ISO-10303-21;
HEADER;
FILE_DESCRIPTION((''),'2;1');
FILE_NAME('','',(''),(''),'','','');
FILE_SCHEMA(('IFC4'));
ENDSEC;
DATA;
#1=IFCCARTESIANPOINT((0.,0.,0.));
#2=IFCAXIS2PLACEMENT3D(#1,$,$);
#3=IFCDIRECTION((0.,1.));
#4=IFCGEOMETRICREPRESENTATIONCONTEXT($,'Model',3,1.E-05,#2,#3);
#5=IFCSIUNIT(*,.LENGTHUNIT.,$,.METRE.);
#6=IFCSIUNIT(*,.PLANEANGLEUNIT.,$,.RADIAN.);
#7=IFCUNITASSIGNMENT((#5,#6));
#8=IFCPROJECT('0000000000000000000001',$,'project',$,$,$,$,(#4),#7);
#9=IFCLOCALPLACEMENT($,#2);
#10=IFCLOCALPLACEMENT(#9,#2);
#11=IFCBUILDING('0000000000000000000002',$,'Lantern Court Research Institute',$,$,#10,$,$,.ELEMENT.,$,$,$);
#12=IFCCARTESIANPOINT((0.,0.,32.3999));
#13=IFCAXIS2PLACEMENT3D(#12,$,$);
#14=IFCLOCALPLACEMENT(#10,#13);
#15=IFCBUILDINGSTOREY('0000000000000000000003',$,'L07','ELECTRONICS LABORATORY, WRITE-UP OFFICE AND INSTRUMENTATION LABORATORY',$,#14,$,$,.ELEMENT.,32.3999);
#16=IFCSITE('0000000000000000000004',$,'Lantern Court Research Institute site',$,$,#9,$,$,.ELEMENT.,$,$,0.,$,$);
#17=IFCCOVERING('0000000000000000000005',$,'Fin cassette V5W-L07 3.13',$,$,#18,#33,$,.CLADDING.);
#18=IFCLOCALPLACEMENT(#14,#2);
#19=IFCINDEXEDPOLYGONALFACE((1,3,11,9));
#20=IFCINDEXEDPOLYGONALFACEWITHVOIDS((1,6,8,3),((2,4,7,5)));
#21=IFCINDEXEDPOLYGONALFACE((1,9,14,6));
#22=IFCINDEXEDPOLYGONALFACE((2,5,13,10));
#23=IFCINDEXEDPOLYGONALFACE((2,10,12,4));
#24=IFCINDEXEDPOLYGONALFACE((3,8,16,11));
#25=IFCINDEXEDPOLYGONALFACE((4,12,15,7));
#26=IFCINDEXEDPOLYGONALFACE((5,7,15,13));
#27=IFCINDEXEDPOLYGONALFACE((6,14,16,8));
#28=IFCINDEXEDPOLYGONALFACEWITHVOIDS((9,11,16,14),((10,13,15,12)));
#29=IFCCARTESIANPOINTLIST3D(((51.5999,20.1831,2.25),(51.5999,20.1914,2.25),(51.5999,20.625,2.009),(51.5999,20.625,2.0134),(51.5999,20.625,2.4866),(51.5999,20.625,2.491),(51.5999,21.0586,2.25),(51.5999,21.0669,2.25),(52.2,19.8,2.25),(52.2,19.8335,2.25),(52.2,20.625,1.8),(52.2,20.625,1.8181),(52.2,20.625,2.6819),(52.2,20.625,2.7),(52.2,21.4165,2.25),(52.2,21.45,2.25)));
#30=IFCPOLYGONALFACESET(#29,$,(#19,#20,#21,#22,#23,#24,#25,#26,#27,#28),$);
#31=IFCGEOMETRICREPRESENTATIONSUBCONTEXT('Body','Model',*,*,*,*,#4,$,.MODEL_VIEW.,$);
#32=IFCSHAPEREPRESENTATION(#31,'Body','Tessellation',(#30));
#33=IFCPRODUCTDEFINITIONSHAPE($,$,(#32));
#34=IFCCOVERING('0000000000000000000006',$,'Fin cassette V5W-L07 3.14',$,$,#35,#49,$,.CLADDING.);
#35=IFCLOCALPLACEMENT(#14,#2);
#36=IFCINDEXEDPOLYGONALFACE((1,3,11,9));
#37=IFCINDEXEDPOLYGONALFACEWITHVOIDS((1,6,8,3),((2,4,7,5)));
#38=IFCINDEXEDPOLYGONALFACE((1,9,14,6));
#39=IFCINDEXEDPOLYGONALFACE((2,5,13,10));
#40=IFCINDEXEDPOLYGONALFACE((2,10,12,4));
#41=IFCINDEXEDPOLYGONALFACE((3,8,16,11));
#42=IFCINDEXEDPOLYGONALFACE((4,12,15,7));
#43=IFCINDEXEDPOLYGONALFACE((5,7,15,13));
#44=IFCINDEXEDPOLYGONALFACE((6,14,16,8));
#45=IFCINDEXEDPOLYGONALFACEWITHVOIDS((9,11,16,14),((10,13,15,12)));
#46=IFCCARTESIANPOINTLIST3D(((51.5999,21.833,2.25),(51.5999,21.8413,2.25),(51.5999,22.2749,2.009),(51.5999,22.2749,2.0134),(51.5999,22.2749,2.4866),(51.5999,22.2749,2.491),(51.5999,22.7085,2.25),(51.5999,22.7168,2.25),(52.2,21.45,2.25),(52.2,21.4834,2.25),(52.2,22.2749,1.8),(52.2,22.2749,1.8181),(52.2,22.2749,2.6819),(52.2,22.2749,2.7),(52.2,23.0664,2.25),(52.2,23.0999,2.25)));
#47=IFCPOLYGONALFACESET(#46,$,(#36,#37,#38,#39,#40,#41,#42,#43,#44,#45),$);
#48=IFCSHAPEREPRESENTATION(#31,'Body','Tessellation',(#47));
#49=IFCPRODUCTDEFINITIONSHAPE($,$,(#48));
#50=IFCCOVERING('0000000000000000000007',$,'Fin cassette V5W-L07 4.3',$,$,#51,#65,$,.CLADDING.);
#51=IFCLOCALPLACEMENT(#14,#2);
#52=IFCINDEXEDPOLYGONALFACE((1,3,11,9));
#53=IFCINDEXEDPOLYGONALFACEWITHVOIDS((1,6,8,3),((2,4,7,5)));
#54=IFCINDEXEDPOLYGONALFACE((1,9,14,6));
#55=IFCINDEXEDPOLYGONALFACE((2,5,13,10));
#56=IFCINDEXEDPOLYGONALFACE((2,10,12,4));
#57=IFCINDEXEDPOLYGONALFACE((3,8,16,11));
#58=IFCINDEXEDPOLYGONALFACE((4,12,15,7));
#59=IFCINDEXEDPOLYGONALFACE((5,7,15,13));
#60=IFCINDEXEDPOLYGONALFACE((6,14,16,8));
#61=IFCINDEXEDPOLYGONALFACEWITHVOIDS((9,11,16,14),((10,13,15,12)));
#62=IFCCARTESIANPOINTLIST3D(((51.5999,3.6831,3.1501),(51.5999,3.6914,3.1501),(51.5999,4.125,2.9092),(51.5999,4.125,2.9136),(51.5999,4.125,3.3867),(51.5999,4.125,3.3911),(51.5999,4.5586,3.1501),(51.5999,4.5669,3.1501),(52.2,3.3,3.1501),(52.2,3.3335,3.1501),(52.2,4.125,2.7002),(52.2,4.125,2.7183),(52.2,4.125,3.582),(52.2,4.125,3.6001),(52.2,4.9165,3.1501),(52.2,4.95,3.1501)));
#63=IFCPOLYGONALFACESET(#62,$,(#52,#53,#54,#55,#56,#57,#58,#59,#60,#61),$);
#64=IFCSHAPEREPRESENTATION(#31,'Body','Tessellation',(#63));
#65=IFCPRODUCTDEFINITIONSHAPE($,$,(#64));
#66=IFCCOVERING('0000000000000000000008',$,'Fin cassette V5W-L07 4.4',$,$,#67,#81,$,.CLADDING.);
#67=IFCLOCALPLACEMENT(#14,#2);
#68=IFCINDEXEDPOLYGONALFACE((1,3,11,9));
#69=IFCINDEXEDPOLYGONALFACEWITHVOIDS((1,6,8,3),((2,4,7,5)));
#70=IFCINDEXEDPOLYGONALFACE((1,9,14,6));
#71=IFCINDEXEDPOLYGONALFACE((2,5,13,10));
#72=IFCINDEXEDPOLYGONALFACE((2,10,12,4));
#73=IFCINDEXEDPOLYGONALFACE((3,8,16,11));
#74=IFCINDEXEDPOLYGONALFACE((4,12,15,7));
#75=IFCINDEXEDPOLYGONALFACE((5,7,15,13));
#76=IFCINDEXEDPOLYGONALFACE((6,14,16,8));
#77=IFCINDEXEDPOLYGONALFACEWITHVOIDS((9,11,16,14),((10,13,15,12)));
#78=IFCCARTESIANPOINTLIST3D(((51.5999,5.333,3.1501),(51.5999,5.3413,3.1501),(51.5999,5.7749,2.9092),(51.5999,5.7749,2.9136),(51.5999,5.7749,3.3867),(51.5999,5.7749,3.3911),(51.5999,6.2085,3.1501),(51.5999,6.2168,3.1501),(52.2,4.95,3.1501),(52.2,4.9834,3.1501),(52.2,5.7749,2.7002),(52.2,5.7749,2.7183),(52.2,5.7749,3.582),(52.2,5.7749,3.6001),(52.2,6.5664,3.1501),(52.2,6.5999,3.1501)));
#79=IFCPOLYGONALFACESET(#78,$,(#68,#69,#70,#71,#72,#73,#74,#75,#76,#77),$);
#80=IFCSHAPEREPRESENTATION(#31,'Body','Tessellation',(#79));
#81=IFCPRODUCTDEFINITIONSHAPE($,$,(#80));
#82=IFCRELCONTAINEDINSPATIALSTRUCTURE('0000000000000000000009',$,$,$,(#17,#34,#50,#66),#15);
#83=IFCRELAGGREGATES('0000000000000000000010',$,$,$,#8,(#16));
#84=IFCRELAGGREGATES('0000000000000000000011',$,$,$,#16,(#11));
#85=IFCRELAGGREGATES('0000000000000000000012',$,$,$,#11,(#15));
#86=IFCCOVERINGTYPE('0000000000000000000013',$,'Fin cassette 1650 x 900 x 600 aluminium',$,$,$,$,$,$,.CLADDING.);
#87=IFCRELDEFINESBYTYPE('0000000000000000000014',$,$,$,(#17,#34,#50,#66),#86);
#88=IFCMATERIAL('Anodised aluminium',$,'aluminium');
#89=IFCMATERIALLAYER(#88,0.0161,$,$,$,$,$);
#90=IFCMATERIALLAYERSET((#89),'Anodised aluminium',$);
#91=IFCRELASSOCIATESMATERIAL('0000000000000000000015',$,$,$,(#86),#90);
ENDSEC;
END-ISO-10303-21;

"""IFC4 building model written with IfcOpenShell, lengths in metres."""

from ifc_helpers import new_model, entity, si_unit, direction, frame, origin, place, context, subcontext, project, spatial, material, layer, layer_set, type_object, element, save


model = new_model("IFC4")

# Units and contexts
model_context = context("Model", 3, precision=1e-05, world=origin(), true_north=direction((0.0, 1.0)))
body_context = subcontext(model_context, "Body", "Model", "MODEL_VIEW")
ifc_project = project(units=[si_unit("LENGTHUNIT", "METRE"), si_unit("PLANEANGLEUNIT", "RADIAN")], contexts=[model_context])

# Site, building, storey
site_placement = place(None, origin())
site = spatial("IfcSite", under=ifc_project, at=site_placement, Name="Lantern Court Research Institute site", CompositionType="ELEMENT", RefElevation=0.0)
building_placement = place(site_placement, origin())
building = spatial("IfcBuilding", under=site, at=building_placement, Name="Lantern Court Research Institute", CompositionType="ELEMENT")
storey_placement = place(building_placement, frame((0.0, 0.0, 32.3999)))
storey = spatial("IfcBuildingStorey", under=building, at=storey_placement, Name="L07", Description="ELECTRONICS LABORATORY, WRITE-UP OFFICE AND INSTRUMENTATION LABORATORY", CompositionType="ELEMENT", Elevation=32.3999)

# Coverings
ifc_material = material(Name="Anodised aluminium", Category="aluminium")
ifc_layer = layer(ifc_material, 0.0161)
ifc_layer_set = layer_set([ifc_layer], Name="Anodised aluminium")
covering_type = type_object("IfcCoveringType", Name="Fin cassette 1650 x 900 x 600 aluminium", PredefinedType="CLADDING", material=ifc_layer_set)
covering_1_placement = place(storey_placement, frame((52.2, 20.625, 2.25), z_axis=(-1.0, 0.0, 0.0), x_axis=(0.0, -1.0, 0.0)))
cartesian_point_1 = entity("IfcCartesianPoint", [0.825, 0.0])
cartesian_point_2 = entity("IfcCartesianPoint", [0.7915, 0.0])
cartesian_point_3 = entity("IfcCartesianPoint", [0.4419, 0.0])
cartesian_point_4 = entity("IfcCartesianPoint", [0.4336, 0.0])
element("IfcCovering", 1, at=covering_1_placement, inside=storey, type_object=covering_type, Name="Fin cassette V5W-L07 3.13", PredefinedType="CLADDING", context=body_context, shape_type="SweptSolid", body=[
    entity("IfcExtrudedAreaSolidTapered", entity("IfcArbitraryProfileDefWithVoids", "AREA", None, entity("IfcPolyline", [cartesian_point_1, entity("IfcCartesianPoint", [0.0, 0.45]), entity("IfcCartesianPoint", [-0.825, 0.0]), entity("IfcCartesianPoint", [0.0, -0.45]), cartesian_point_1]), [entity("IfcPolyline", [cartesian_point_2, entity("IfcCartesianPoint", [0.0, 0.4319]), entity("IfcCartesianPoint", [-0.7915, 0.0]), entity("IfcCartesianPoint", [0.0, -0.4319]), cartesian_point_2])]), entity("IfcAxis2Placement3D", entity("IfcCartesianPoint", [0.0, 0.0, 0.0])), entity("IfcDirection", [0.0, 0.0, 1.0]), 0.6001, entity("IfcArbitraryProfileDefWithVoids", "AREA", None, entity("IfcPolyline", [cartesian_point_3, entity("IfcCartesianPoint", [0.0, 0.241]), entity("IfcCartesianPoint", [-0.4419, 0.0]), entity("IfcCartesianPoint", [0.0, -0.241]), cartesian_point_3]), [entity("IfcPolyline", [cartesian_point_4, entity("IfcCartesianPoint", [0.0, 0.2366]), entity("IfcCartesianPoint", [-0.4336, 0.0]), entity("IfcCartesianPoint", [0.0, -0.2366]), cartesian_point_4])])),
])
covering_2_placement = place(storey_placement, frame((52.2, 22.2749, 2.25), z_axis=(-1.0, 0.0, 0.0), x_axis=(0.0, -1.0, 0.0)))
cartesian_point_5 = entity("IfcCartesianPoint", [0.825, 0.0])
cartesian_point_6 = entity("IfcCartesianPoint", [0.7915, 0.0])
cartesian_point_7 = entity("IfcCartesianPoint", [0.4419, 0.0])
cartesian_point_8 = entity("IfcCartesianPoint", [0.4336, 0.0])
element("IfcCovering", 2, at=covering_2_placement, inside=storey, type_object=covering_type, Name="Fin cassette V5W-L07 3.14", PredefinedType="CLADDING", context=body_context, shape_type="SweptSolid", body=[
    entity("IfcExtrudedAreaSolidTapered", entity("IfcArbitraryProfileDefWithVoids", "AREA", None, entity("IfcPolyline", [cartesian_point_5, entity("IfcCartesianPoint", [0.0, 0.45]), entity("IfcCartesianPoint", [-0.825, 0.0]), entity("IfcCartesianPoint", [0.0, -0.45]), cartesian_point_5]), [entity("IfcPolyline", [cartesian_point_6, entity("IfcCartesianPoint", [0.0, 0.4319]), entity("IfcCartesianPoint", [-0.7915, 0.0]), entity("IfcCartesianPoint", [0.0, -0.4319]), cartesian_point_6])]), entity("IfcAxis2Placement3D", entity("IfcCartesianPoint", [0.0, 0.0, 0.0])), entity("IfcDirection", [0.0, 0.0, 1.0]), 0.6001, entity("IfcArbitraryProfileDefWithVoids", "AREA", None, entity("IfcPolyline", [cartesian_point_7, entity("IfcCartesianPoint", [0.0, 0.241]), entity("IfcCartesianPoint", [-0.4419, 0.0]), entity("IfcCartesianPoint", [0.0, -0.241]), cartesian_point_7]), [entity("IfcPolyline", [cartesian_point_8, entity("IfcCartesianPoint", [0.0, 0.2366]), entity("IfcCartesianPoint", [-0.4336, 0.0]), entity("IfcCartesianPoint", [0.0, -0.2366]), cartesian_point_8])])),
])
covering_3_placement = place(storey_placement, frame((52.2, 4.125, 3.1501), z_axis=(-1.0, 0.0, 0.0), x_axis=(0.0, -1.0, 0.0)))
cartesian_point_9 = entity("IfcCartesianPoint", [0.825, 0.0])
cartesian_point_10 = entity("IfcCartesianPoint", [0.7915, 0.0])
cartesian_point_11 = entity("IfcCartesianPoint", [0.4419, 0.0])
cartesian_point_12 = entity("IfcCartesianPoint", [0.4336, 0.0])
element("IfcCovering", 3, at=covering_3_placement, inside=storey, type_object=covering_type, Name="Fin cassette V5W-L07 4.3", PredefinedType="CLADDING", context=body_context, shape_type="SweptSolid", body=[
    entity("IfcExtrudedAreaSolidTapered", entity("IfcArbitraryProfileDefWithVoids", "AREA", None, entity("IfcPolyline", [cartesian_point_9, entity("IfcCartesianPoint", [0.0, 0.45]), entity("IfcCartesianPoint", [-0.825, 0.0]), entity("IfcCartesianPoint", [0.0, -0.45]), cartesian_point_9]), [entity("IfcPolyline", [cartesian_point_10, entity("IfcCartesianPoint", [0.0, 0.4319]), entity("IfcCartesianPoint", [-0.7915, 0.0]), entity("IfcCartesianPoint", [0.0, -0.4319]), cartesian_point_10])]), entity("IfcAxis2Placement3D", entity("IfcCartesianPoint", [0.0, 0.0, 0.0])), entity("IfcDirection", [0.0, 0.0, 1.0]), 0.6001, entity("IfcArbitraryProfileDefWithVoids", "AREA", None, entity("IfcPolyline", [cartesian_point_11, entity("IfcCartesianPoint", [0.0, 0.241]), entity("IfcCartesianPoint", [-0.4419, 0.0]), entity("IfcCartesianPoint", [0.0, -0.241]), cartesian_point_11]), [entity("IfcPolyline", [cartesian_point_12, entity("IfcCartesianPoint", [0.0, 0.2366]), entity("IfcCartesianPoint", [-0.4336, 0.0]), entity("IfcCartesianPoint", [0.0, -0.2366]), cartesian_point_12])])),
])
covering_4_placement = place(storey_placement, frame((52.2, 5.7749, 3.1501), z_axis=(-1.0, 0.0, 0.0), x_axis=(0.0, -1.0, 0.0)))
cartesian_point_13 = entity("IfcCartesianPoint", [0.825, 0.0])
cartesian_point_14 = entity("IfcCartesianPoint", [0.7915, 0.0])
cartesian_point_15 = entity("IfcCartesianPoint", [0.4419, 0.0])
cartesian_point_16 = entity("IfcCartesianPoint", [0.4336, 0.0])
element("IfcCovering", 4, at=covering_4_placement, inside=storey, type_object=covering_type, Name="Fin cassette V5W-L07 4.4", PredefinedType="CLADDING", context=body_context, shape_type="SweptSolid", body=[
    entity("IfcExtrudedAreaSolidTapered", entity("IfcArbitraryProfileDefWithVoids", "AREA", None, entity("IfcPolyline", [cartesian_point_13, entity("IfcCartesianPoint", [0.0, 0.45]), entity("IfcCartesianPoint", [-0.825, 0.0]), entity("IfcCartesianPoint", [0.0, -0.45]), cartesian_point_13]), [entity("IfcPolyline", [cartesian_point_14, entity("IfcCartesianPoint", [0.0, 0.4319]), entity("IfcCartesianPoint", [-0.7915, 0.0]), entity("IfcCartesianPoint", [0.0, -0.4319]), cartesian_point_14])]), entity("IfcAxis2Placement3D", entity("IfcCartesianPoint", [0.0, 0.0, 0.0])), entity("IfcDirection", [0.0, 0.0, 1.0]), 0.6001, entity("IfcArbitraryProfileDefWithVoids", "AREA", None, entity("IfcPolyline", [cartesian_point_15, entity("IfcCartesianPoint", [0.0, 0.241]), entity("IfcCartesianPoint", [-0.4419, 0.0]), entity("IfcCartesianPoint", [0.0, -0.241]), cartesian_point_15]), [entity("IfcPolyline", [cartesian_point_16, entity("IfcCartesianPoint", [0.0, 0.2366]), entity("IfcCartesianPoint", [-0.4336, 0.0]), entity("IfcCartesianPoint", [0.0, -0.2366]), cartesian_point_16])])),
])

save(model, "model.ifc")
